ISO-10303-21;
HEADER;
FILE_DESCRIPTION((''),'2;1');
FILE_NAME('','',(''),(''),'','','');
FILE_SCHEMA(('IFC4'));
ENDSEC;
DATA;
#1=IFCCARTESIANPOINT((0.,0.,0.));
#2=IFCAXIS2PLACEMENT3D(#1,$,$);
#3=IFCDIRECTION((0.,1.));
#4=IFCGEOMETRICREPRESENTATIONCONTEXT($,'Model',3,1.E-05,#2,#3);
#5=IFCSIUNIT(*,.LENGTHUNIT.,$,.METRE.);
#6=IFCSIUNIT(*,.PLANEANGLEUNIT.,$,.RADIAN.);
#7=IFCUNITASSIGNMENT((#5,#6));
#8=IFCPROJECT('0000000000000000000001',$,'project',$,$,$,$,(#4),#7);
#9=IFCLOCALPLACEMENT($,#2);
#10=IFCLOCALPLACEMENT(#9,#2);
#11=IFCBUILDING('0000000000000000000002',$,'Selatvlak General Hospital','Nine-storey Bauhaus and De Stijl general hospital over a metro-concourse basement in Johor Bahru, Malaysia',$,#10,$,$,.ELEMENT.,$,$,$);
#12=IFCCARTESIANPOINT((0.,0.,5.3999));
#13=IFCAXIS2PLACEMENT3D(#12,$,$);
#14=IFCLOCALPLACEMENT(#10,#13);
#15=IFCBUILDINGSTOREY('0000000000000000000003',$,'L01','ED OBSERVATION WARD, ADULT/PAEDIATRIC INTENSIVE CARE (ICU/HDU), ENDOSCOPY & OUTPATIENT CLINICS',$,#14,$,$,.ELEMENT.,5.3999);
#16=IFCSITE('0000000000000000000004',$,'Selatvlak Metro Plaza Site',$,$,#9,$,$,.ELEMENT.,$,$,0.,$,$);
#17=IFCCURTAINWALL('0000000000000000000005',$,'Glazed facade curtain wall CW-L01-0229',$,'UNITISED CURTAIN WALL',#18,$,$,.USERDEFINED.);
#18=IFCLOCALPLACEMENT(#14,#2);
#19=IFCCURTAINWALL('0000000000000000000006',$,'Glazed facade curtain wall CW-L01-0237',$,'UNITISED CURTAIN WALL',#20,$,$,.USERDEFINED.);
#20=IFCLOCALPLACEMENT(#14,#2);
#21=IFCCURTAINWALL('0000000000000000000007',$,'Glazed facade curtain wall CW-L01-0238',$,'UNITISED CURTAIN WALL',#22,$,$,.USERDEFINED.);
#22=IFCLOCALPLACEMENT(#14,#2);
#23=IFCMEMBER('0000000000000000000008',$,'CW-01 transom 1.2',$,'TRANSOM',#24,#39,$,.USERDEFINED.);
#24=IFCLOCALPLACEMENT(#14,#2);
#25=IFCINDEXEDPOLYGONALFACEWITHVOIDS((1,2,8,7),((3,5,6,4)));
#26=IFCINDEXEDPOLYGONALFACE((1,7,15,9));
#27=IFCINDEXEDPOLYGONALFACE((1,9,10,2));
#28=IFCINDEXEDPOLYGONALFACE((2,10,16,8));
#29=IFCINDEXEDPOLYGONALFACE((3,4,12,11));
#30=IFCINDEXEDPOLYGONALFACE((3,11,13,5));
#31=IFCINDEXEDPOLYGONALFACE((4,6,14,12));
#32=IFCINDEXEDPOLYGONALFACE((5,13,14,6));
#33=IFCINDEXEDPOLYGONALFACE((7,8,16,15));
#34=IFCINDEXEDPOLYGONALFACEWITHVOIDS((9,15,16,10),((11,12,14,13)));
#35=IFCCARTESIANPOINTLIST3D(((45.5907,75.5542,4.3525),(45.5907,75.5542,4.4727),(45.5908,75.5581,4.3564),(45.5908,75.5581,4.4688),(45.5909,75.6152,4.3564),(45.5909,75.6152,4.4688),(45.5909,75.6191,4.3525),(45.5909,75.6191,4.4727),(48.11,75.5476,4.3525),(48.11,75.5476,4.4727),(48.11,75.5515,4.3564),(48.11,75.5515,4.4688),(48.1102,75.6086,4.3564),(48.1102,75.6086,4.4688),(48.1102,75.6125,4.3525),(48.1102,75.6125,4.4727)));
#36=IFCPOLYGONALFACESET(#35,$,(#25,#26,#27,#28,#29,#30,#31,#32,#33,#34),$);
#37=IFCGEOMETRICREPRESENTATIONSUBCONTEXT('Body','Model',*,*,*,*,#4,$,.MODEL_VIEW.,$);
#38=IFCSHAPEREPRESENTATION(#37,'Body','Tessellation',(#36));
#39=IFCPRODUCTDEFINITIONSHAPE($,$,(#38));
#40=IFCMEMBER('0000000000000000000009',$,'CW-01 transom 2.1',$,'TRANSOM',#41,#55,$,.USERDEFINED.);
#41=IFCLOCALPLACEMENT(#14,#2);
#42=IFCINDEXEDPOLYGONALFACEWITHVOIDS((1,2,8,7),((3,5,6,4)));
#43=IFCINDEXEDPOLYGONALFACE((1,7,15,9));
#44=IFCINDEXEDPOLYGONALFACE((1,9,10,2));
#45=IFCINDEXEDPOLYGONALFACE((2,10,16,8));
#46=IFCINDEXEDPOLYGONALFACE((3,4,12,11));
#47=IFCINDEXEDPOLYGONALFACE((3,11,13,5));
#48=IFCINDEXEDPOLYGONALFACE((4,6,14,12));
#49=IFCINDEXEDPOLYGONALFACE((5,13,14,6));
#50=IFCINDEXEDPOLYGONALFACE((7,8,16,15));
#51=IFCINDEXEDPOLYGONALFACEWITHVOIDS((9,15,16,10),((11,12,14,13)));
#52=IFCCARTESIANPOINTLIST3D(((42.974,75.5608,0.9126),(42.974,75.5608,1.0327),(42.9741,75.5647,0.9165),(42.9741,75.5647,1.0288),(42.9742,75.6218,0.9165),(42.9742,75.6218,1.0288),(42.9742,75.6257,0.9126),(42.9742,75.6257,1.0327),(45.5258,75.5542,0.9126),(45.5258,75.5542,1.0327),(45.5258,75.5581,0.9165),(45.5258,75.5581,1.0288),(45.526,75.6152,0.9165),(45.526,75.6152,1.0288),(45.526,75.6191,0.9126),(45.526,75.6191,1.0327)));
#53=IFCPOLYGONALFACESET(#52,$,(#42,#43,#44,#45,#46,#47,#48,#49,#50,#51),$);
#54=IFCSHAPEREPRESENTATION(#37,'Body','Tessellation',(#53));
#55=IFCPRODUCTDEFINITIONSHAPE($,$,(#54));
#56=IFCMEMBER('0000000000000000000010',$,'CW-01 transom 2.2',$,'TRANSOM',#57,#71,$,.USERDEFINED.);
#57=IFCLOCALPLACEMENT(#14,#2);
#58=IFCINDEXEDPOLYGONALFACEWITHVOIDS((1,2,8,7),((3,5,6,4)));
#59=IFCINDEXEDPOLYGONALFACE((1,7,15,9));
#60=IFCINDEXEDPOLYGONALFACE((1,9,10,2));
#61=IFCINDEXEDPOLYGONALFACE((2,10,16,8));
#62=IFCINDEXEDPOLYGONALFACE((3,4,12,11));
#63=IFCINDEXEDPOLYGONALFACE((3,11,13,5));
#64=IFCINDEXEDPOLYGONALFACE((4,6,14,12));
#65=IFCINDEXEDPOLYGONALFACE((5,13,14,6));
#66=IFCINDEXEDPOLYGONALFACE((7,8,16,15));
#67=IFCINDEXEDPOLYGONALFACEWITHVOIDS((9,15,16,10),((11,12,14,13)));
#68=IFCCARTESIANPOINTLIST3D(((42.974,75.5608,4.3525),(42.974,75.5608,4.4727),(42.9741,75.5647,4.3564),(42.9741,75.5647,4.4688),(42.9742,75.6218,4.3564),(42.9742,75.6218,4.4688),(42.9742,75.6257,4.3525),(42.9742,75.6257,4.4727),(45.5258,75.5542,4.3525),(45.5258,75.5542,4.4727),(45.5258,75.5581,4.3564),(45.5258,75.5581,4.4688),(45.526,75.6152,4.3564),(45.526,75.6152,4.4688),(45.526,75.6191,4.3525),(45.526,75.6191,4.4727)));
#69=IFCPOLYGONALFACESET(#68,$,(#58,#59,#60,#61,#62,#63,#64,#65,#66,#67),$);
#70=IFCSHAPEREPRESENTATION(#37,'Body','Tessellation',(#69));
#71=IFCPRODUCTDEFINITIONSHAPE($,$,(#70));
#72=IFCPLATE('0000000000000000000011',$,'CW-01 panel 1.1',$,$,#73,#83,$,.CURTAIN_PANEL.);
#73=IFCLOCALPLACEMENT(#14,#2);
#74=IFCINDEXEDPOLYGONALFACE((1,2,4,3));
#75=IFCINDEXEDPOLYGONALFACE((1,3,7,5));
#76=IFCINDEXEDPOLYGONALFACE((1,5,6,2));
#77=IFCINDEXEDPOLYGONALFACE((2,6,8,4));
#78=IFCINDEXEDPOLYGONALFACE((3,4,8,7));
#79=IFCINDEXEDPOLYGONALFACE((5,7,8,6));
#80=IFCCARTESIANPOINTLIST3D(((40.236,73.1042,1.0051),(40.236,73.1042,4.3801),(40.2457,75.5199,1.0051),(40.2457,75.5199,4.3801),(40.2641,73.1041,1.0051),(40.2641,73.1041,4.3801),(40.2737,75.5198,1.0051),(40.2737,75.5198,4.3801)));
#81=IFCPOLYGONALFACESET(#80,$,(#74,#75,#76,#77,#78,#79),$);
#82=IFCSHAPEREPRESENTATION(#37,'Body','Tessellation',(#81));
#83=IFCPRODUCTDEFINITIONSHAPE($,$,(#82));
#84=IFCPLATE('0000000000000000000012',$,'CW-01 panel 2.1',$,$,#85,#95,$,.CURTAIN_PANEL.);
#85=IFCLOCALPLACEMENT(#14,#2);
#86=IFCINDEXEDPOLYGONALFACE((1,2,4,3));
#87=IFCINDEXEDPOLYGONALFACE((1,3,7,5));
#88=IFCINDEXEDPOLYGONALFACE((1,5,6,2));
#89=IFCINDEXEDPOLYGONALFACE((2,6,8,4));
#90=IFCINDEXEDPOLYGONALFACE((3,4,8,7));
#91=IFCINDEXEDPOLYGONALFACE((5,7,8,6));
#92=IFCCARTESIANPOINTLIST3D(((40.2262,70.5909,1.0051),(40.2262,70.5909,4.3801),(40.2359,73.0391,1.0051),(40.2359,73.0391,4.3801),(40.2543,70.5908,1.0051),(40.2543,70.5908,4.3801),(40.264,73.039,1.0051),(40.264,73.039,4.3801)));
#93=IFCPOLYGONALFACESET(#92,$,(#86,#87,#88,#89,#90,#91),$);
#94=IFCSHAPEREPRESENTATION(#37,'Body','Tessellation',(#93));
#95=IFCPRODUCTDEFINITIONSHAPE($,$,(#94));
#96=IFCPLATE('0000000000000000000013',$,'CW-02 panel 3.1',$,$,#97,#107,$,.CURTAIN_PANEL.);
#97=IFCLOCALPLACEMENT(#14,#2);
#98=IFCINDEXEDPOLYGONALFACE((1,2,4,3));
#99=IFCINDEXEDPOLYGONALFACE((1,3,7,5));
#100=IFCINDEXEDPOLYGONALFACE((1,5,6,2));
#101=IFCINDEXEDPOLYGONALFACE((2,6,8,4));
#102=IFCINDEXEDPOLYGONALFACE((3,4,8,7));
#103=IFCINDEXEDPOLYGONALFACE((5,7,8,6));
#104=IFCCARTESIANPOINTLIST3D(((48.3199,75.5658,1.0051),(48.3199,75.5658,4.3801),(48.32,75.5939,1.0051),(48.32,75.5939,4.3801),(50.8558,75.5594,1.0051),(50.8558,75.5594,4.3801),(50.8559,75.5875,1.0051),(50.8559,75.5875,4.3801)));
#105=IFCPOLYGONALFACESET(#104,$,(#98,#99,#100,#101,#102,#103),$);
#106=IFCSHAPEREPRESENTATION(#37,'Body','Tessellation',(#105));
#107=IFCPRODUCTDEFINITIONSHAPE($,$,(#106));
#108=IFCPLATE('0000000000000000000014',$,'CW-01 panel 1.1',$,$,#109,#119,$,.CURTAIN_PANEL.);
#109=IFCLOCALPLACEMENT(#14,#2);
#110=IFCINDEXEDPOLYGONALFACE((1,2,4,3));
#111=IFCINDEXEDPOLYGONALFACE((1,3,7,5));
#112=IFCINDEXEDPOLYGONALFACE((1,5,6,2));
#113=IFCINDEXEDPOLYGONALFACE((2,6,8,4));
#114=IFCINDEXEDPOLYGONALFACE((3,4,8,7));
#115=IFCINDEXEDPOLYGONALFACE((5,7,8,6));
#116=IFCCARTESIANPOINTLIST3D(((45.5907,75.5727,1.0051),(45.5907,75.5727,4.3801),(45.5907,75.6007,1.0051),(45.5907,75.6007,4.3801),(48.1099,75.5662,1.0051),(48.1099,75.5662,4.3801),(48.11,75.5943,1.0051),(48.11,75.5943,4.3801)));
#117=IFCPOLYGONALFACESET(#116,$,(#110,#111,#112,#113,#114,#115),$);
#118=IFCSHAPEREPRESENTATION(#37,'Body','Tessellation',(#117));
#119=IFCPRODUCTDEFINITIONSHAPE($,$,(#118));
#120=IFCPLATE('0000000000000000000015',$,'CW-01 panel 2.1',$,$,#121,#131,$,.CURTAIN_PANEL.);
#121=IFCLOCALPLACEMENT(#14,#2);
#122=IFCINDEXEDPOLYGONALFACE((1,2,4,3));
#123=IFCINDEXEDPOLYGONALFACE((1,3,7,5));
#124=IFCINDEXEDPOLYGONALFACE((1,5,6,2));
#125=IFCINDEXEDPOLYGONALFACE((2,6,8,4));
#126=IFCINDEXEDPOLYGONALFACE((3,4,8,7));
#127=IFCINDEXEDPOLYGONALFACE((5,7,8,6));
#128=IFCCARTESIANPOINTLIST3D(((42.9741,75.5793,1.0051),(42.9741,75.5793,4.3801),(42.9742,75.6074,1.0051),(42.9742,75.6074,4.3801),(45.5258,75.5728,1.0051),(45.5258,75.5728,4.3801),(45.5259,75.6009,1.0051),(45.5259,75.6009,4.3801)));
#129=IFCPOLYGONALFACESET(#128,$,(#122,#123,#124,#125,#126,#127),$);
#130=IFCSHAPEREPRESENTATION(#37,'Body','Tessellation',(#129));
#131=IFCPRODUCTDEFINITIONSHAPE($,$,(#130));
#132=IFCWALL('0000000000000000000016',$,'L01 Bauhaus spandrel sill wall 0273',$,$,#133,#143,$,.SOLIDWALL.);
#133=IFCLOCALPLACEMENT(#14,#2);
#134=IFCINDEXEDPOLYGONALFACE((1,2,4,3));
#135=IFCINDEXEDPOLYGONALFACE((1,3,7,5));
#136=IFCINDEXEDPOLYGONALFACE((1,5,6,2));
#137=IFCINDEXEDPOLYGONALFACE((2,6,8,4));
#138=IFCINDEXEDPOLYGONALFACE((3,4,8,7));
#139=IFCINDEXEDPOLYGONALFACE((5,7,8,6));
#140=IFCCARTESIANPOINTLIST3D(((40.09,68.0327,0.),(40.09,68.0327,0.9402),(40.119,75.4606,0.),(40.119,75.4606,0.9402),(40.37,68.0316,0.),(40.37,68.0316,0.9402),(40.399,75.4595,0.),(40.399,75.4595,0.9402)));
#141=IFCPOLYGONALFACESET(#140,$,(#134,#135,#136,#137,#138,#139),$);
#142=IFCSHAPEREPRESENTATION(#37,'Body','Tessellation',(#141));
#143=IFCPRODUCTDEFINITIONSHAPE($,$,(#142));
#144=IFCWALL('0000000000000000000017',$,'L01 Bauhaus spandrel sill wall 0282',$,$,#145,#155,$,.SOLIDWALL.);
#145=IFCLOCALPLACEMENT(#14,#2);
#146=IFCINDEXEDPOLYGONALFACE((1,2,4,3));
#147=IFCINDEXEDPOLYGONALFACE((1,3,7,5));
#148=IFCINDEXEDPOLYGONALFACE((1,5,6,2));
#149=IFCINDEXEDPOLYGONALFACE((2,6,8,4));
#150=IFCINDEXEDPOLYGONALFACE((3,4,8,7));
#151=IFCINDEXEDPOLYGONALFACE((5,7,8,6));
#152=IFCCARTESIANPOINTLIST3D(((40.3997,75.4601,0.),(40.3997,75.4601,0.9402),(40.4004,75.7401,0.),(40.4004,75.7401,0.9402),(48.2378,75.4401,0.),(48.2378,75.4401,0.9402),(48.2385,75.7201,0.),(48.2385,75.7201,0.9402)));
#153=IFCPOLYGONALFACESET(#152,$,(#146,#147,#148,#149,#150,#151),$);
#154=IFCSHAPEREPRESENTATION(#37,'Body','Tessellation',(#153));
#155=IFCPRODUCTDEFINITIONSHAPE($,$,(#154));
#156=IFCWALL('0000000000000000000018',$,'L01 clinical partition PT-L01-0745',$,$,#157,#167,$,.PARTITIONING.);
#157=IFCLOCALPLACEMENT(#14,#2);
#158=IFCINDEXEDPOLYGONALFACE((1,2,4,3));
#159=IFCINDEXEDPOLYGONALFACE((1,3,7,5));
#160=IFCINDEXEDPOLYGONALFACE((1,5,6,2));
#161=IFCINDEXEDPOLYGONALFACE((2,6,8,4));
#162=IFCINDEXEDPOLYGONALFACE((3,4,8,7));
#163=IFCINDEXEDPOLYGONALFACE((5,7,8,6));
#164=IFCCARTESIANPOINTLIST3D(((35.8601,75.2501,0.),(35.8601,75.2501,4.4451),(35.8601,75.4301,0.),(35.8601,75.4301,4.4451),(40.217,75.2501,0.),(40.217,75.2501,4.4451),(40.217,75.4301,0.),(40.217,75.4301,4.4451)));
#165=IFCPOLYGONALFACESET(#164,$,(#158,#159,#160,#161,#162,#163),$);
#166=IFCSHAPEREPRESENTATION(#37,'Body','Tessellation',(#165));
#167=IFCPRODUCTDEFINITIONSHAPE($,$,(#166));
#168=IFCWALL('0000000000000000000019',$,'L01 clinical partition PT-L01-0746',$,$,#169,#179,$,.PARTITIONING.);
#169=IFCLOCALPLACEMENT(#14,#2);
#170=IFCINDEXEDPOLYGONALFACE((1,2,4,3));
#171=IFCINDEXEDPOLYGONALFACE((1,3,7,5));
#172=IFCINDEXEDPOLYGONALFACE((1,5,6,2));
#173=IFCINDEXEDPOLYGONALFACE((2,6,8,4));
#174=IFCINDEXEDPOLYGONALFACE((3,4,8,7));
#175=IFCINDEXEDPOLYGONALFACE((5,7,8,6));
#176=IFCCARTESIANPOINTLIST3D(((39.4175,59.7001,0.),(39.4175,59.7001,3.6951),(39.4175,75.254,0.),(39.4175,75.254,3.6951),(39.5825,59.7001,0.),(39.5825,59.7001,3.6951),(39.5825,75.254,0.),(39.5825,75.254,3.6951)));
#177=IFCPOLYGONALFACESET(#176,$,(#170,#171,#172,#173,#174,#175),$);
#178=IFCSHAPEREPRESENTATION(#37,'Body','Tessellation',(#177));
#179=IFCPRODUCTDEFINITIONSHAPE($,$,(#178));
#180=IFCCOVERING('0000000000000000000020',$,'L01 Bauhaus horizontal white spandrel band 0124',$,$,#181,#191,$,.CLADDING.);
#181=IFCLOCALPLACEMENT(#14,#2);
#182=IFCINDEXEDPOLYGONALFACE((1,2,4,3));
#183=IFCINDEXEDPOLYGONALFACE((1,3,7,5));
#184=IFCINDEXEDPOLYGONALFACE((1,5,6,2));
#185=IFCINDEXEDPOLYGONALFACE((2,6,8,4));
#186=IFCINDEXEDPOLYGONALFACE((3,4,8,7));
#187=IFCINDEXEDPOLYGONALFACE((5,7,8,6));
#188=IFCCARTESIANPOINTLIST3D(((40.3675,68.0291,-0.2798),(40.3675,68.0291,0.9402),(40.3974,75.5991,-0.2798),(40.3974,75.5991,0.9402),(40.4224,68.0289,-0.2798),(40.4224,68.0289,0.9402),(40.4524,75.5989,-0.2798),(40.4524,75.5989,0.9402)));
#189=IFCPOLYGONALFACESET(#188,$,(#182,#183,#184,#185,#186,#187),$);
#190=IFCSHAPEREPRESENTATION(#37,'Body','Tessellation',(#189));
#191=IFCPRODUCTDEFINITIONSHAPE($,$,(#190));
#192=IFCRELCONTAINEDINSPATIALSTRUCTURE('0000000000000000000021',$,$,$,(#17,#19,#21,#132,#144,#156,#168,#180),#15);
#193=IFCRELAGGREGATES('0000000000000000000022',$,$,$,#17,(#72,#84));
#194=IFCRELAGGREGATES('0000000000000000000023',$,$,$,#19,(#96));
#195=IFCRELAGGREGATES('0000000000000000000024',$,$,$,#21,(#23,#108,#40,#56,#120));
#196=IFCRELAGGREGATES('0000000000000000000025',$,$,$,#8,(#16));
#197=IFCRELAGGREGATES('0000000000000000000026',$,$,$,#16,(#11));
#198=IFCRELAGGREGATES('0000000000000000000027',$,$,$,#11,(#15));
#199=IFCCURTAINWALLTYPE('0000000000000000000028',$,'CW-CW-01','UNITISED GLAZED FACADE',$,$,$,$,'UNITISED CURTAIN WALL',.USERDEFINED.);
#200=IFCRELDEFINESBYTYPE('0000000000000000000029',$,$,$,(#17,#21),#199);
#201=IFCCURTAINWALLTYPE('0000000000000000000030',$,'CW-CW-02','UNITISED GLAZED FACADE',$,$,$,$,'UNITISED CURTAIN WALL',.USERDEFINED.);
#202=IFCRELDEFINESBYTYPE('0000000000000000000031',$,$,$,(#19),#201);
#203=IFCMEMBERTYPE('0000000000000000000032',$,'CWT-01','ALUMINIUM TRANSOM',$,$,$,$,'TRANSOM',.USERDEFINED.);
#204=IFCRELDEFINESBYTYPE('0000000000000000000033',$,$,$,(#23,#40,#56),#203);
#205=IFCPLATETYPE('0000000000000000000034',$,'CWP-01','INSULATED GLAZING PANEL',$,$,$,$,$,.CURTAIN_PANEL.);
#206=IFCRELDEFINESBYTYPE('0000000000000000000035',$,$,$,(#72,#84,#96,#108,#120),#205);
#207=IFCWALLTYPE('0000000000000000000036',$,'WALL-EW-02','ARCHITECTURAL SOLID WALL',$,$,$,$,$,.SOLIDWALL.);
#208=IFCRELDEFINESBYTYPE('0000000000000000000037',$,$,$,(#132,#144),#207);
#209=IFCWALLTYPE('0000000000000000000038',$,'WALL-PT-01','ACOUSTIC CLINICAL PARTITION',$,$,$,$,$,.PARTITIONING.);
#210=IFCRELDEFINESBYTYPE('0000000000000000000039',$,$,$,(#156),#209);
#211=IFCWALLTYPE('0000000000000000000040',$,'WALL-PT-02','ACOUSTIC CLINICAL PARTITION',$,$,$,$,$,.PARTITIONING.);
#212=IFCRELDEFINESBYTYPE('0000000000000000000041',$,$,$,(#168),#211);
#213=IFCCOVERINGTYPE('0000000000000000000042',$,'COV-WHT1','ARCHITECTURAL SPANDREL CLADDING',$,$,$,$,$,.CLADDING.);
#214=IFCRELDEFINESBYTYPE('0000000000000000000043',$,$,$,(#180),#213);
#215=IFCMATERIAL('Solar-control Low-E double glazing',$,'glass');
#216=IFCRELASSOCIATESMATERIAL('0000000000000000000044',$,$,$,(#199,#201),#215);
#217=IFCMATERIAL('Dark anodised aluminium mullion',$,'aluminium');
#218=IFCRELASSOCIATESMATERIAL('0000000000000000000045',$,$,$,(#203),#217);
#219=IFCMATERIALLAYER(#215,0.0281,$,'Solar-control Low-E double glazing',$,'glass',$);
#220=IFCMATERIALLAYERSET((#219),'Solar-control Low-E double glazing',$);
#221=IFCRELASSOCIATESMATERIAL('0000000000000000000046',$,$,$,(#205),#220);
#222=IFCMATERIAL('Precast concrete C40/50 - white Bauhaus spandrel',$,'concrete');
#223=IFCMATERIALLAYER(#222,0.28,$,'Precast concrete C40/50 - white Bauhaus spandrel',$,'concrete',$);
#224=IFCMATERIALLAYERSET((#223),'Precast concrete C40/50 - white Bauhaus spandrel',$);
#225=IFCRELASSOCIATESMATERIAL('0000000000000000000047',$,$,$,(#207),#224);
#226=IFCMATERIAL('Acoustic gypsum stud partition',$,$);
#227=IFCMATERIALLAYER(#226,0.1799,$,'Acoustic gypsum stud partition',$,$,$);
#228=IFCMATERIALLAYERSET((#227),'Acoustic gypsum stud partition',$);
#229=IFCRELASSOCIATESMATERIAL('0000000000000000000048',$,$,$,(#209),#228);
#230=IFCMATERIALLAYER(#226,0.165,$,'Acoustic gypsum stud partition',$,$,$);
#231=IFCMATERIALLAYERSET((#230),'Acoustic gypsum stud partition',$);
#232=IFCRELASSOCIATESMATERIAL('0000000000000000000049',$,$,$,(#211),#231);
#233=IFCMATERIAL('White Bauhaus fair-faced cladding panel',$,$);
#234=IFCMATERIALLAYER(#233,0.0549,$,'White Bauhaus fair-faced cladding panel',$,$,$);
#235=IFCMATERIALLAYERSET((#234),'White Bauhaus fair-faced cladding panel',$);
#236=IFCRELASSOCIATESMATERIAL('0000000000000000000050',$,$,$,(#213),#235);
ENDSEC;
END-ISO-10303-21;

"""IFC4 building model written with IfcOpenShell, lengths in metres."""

from ifc_helpers import new_model, si_unit, direction, frame, frame_2d, origin, origin_2d, place, context, subcontext, project, spatial, rectangle, hollow_rectangle, extrude, material, layer, layer_set, material_profile, profile_set, type_object, element, aggregate, save


model = new_model("IFC4")

# Units and contexts
model_context = context("Model", 3, precision=1e-05, world=origin(), true_north=direction((0.0, 1.0)))
body_context = subcontext(model_context, "Body", "Model", "MODEL_VIEW")
ifc_project = project(units=[si_unit("LENGTHUNIT", "METRE"), si_unit("PLANEANGLEUNIT", "RADIAN")], contexts=[model_context])

# Site, building, storey
site_placement = place(None, origin())
site = spatial("IfcSite", under=ifc_project, at=site_placement, Name="Selatvlak Metro Plaza Site", CompositionType="ELEMENT", RefElevation=0.0)
building_placement = place(site_placement, origin())
building = spatial("IfcBuilding", under=site, at=building_placement, Name="Selatvlak General Hospital", Description="Nine-storey Bauhaus and De Stijl general hospital over a metro-concourse basement in Johor Bahru, Malaysia", CompositionType="ELEMENT")
storey_placement = place(building_placement, frame((0.0, 0.0, 5.3999)))
storey = spatial("IfcBuildingStorey", under=building, at=storey_placement, Name="L01", Description="ED OBSERVATION WARD, ADULT/PAEDIATRIC INTENSIVE CARE (ICU/HDU), ENDOSCOPY & OUTPATIENT CLINICS", CompositionType="ELEMENT", Elevation=5.3999)

# Curtain wall
ifc_material_1 = material(Name="Solar-control Low-E double glazing", Category="glass")
curtain_wall_type_1 = type_object("IfcCurtainWallType", Name="CW-CW-01", Description="UNITISED GLAZED FACADE", ElementType="UNITISED CURTAIN WALL", PredefinedType="USERDEFINED", material=ifc_material_1)
curtain_wall_1_placement = place(storey_placement, origin())
curtain_wall_1 = element("IfcCurtainWall", 1, at=curtain_wall_1_placement, inside=storey, type_object=curtain_wall_type_1, Name="Glazed facade curtain wall CW-L01-0229", ObjectType="UNITISED CURTAIN WALL", PredefinedType="USERDEFINED")
ifc_material_2 = material(Name="Dark anodised aluminium mullion", Category="aluminium")

# Curtain wall
curtain_wall_type_2 = type_object("IfcCurtainWallType", Name="CW-CW-02", Description="UNITISED GLAZED FACADE", ElementType="UNITISED CURTAIN WALL", PredefinedType="USERDEFINED", material=ifc_material_1)
curtain_wall_2_placement = place(storey_placement, origin())
curtain_wall_2 = element("IfcCurtainWall", 2, at=curtain_wall_2_placement, inside=storey, type_object=curtain_wall_type_2, Name="Glazed facade curtain wall CW-L01-0237", ObjectType="UNITISED CURTAIN WALL", PredefinedType="USERDEFINED")

# Curtain wall
curtain_wall_3_placement = place(storey_placement, origin())
curtain_wall_3 = element("IfcCurtainWall", 3, at=curtain_wall_3_placement, inside=storey, type_object=curtain_wall_type_1, Name="Glazed facade curtain wall CW-L01-0238", ObjectType="UNITISED CURTAIN WALL", PredefinedType="USERDEFINED")

# Members
ifc_material_profile_1 = material_profile(ifc_material_2, hollow_rectangle(XDim=0.0649, YDim=0.1201, WallThickness=0.0039, at=origin_2d()), Name="AL-TRN 65x120x4")
ifc_profile_set_1 = profile_set([ifc_material_profile_1], Name="Dark anodised aluminium mullion")
member_type_1 = type_object("IfcMemberType", Name="CWT-01", Description="ALUMINIUM TRANSOM", ElementType="TRANSOM", PredefinedType="USERDEFINED", material=ifc_profile_set_1)
member_1_placement = place(storey_placement, frame((48.1101, 75.5801, 4.4126), z_axis=(-0.999997, 0.002617, 0.0), x_axis=(-0.002617, -0.999997, 0.0)))
member_1 = element("IfcMember", 4, at=member_1_placement, type_object=member_type_1, Name="CW-01 transom 1.2", ObjectType="TRANSOM", PredefinedType="USERDEFINED", context=body_context, shape_type="SweptSolid", body=[
    extrude(hollow_rectangle(XDim=0.0649, YDim=0.1201, WallThickness=0.0039, at=origin_2d()), origin(), (0.0, 0.0, 1.0), 2.5193),
])
member_2_placement = place(storey_placement, frame((45.5259, 75.5867, 0.9727), z_axis=(-0.999997, 0.002583, 0.0), x_axis=(-0.002583, -0.999997, 0.0)))
member_2 = element("IfcMember", 5, at=member_2_placement, type_object=member_type_1, Name="CW-01 transom 2.1", ObjectType="TRANSOM", PredefinedType="USERDEFINED", context=body_context, shape_type="SweptSolid", body=[
    extrude(hollow_rectangle(XDim=0.0649, YDim=0.1201, WallThickness=0.0039, at=origin_2d()), origin(), (0.0, 0.0, 1.0), 2.5518),
])
member_3_placement = place(storey_placement, frame((45.5259, 75.5867, 4.4126), z_axis=(-0.999997, 0.002583, 0.0), x_axis=(-0.002583, -0.999997, 0.0)))
member_3 = element("IfcMember", 6, at=member_3_placement, type_object=member_type_1, Name="CW-01 transom 2.2", ObjectType="TRANSOM", PredefinedType="USERDEFINED", context=body_context, shape_type="SweptSolid", body=[
    extrude(hollow_rectangle(XDim=0.0649, YDim=0.1201, WallThickness=0.0039, at=origin_2d()), origin(), (0.0, 0.0, 1.0), 2.5518),
])

# Plates
ifc_layer_1 = layer(ifc_material_1, 0.0281, Name="Solar-control Low-E double glazing", Category="glass")
ifc_layer_set_1 = layer_set([ifc_layer_1], Name="Solar-control Low-E double glazing")
plate_type = type_object("IfcPlateType", Name="CWP-01", Description="INSULATED GLAZING PANEL", PredefinedType="CURTAIN_PANEL", material=ifc_layer_set_1)
plate_1_placement = place(storey_placement, frame((40.2549, 74.312, 1.0051), z_axis=(0.0, 0.0, 1.0), x_axis=(-0.003979, -0.999992, 0.0)))
plate_1 = element("IfcPlate", 7, at=plate_1_placement, type_object=plate_type, Name="CW-01 panel 1.1", PredefinedType="CURTAIN_PANEL", context=body_context, shape_type="SweptSolid", body=[
    extrude(rectangle(XDim=2.4158, YDim=0.0281, at=origin_2d()), origin(), (0.0, 0.0, 1.0), 3.375),
])
plate_2_placement = place(storey_placement, frame((40.2451, 71.8149, 1.0051), z_axis=(0.0, 0.0, 1.0), x_axis=(-0.003979, -0.999992, 0.0)))
plate_2 = element("IfcPlate", 8, at=plate_2_placement, type_object=plate_type, Name="CW-01 panel 2.1", PredefinedType="CURTAIN_PANEL", context=body_context, shape_type="SweptSolid", body=[
    extrude(rectangle(XDim=2.4482, YDim=0.0281, at=origin_2d()), origin(), (0.0, 0.0, 1.0), 3.375),
])
aggregate(curtain_wall_1, [plate_1, plate_2])
plate_3_placement = place(storey_placement, frame((49.5879, 75.5767, 1.0051), z_axis=(0.0, 0.0, 1.0), x_axis=(-0.999997, 0.002532, 0.0)))
plate_3 = element("IfcPlate", 9, at=plate_3_placement, type_object=plate_type, Name="CW-02 panel 3.1", PredefinedType="CURTAIN_PANEL", context=body_context, shape_type="SweptSolid", body=[
    extrude(rectangle(XDim=2.5359, YDim=0.0281, at=origin_2d()), origin(), (0.0, 0.0, 1.0), 3.375),
])
aggregate(curtain_wall_2, [plate_3])
plate_4_placement = place(storey_placement, frame((46.8503, 75.5835, 1.0051), z_axis=(0.0, 0.0, 1.0), x_axis=(-0.999997, 0.002548, 0.0)))
plate_4 = element("IfcPlate", 10, at=plate_4_placement, type_object=plate_type, Name="CW-01 panel 1.1", PredefinedType="CURTAIN_PANEL", context=body_context, shape_type="SweptSolid", body=[
    extrude(rectangle(XDim=2.5193, YDim=0.0281, at=origin_2d()), origin(), (0.0, 0.0, 1.0), 3.375),
])
plate_5_placement = place(storey_placement, frame((44.25, 75.5901, 1.0051), z_axis=(0.0, 0.0, 1.0), x_axis=(-0.999997, 0.002548, 0.0)))
plate_5 = element("IfcPlate", 11, at=plate_5_placement, type_object=plate_type, Name="CW-01 panel 2.1", PredefinedType="CURTAIN_PANEL", context=body_context, shape_type="SweptSolid", body=[
    extrude(rectangle(XDim=2.5518, YDim=0.0281, at=origin_2d()), origin(), (0.0, 0.0, 1.0), 3.375),
])
aggregate(curtain_wall_3, [member_1, plate_4, member_2, member_3, plate_5])

# Walls
ifc_material_3 = material(Name="Precast concrete C40/50 - white Bauhaus spandrel", Category="concrete")
ifc_layer_2 = layer(ifc_material_3, 0.28, Name="Precast concrete C40/50 - white Bauhaus spandrel", Category="concrete")
ifc_layer_set_2 = layer_set([ifc_layer_2], Name="Precast concrete C40/50 - white Bauhaus spandrel")
wall_type_1 = type_object("IfcWallType", Name="WALL-EW-02", Description="ARCHITECTURAL SOLID WALL", PredefinedType="SOLIDWALL", material=ifc_layer_set_2)
wall_1_placement = place(storey_placement, frame((40.259, 75.46, 0.0), z_axis=(0.0, 0.0, 1.0), x_axis=(-0.003911, -0.999992, 0.0)))
element("IfcWall", 12, at=wall_1_placement, inside=storey, type_object=wall_type_1, Name="L01 Bauhaus spandrel sill wall 0273", PredefinedType="SOLIDWALL", context=body_context, shape_type="SweptSolid", body=[
    extrude(rectangle(XDim=7.428, YDim=0.28, at=frame_2d((3.7139, 0.0))), origin(), (0.0, 0.0, 1.0), 0.9402),
])
wall_2_placement = place(storey_placement, frame((48.238, 75.5801, 0.0), z_axis=(0.0, 0.0, 1.0), x_axis=(-0.999997, 0.002554, 0.0)))
element("IfcWall", 13, at=wall_2_placement, inside=storey, type_object=wall_type_1, Name="L01 Bauhaus spandrel sill wall 0282", PredefinedType="SOLIDWALL", context=body_context, shape_type="SweptSolid", body=[
    extrude(rectangle(XDim=7.8381, YDim=0.28, at=frame_2d((3.9189, 0.0))), origin(), (0.0, 0.0, 1.0), 0.9402),
])
ifc_material_4 = material(Name="Acoustic gypsum stud partition")
ifc_layer_3 = layer(ifc_material_4, 0.1799, Name="Acoustic gypsum stud partition")
ifc_layer_set_3 = layer_set([ifc_layer_3], Name="Acoustic gypsum stud partition")
wall_type_2 = type_object("IfcWallType", Name="WALL-PT-01", Description="ACOUSTIC CLINICAL PARTITION", PredefinedType="PARTITIONING", material=ifc_layer_set_3)
wall_3_placement = place(storey_placement, frame((35.8601, 75.3401, 0.0), z_axis=(0.0, 0.0, 1.0), x_axis=(1.0, 0.0, 0.0)))
element("IfcWall", 14, at=wall_3_placement, inside=storey, type_object=wall_type_2, Name="L01 clinical partition PT-L01-0745", PredefinedType="PARTITIONING", context=body_context, shape_type="SweptSolid", body=[
    extrude(rectangle(XDim=4.3569, YDim=0.1799, at=frame_2d((2.1785, 0.0))), origin(), (0.0, 0.0, 1.0), 4.4451),
])
ifc_layer_4 = layer(ifc_material_4, 0.165, Name="Acoustic gypsum stud partition")
ifc_layer_set_4 = layer_set([ifc_layer_4], Name="Acoustic gypsum stud partition")
wall_type_3 = type_object("IfcWallType", Name="WALL-PT-02", Description="ACOUSTIC CLINICAL PARTITION", PredefinedType="PARTITIONING", material=ifc_layer_set_4)
wall_4_placement = place(storey_placement, frame((39.5, 75.2539, 0.0), z_axis=(0.0, 0.0, 1.0), x_axis=(0.0, -1.0, 0.0)))
element("IfcWall", 15, at=wall_4_placement, inside=storey, type_object=wall_type_3, Name="L01 clinical partition PT-L01-0746", PredefinedType="PARTITIONING", context=body_context, shape_type="SweptSolid", body=[
    extrude(rectangle(XDim=15.554, YDim=0.165, at=frame_2d((7.7769, 0.0))), origin(), (0.0, 0.0, 1.0), 3.6951),
])

# Covering
ifc_material_5 = material(Name="White Bauhaus fair-faced cladding panel")
ifc_layer_5 = layer(ifc_material_5, 0.0549, Name="White Bauhaus fair-faced cladding panel")
ifc_layer_set_5 = layer_set([ifc_layer_5], Name="White Bauhaus fair-faced cladding panel")
covering_type = type_object("IfcCoveringType", Name="COV-WHT1", Description="ARCHITECTURAL SPANDREL CLADDING", PredefinedType="CLADDING", material=ifc_layer_set_5)
covering_1_placement = place(storey_placement, frame((40.4099, 71.814, -0.2798), z_axis=(0.0, 0.0, 1.0), x_axis=(-0.003962, -0.999992, 0.0)))
element("IfcCovering", 16, at=covering_1_placement, inside=storey, type_object=covering_type, Name="L01 Bauhaus horizontal white spandrel band 0124", PredefinedType="CLADDING", context=body_context, shape_type="SweptSolid", body=[
    extrude(rectangle(XDim=7.5701, YDim=0.0549, at=origin_2d()), origin(), (0.0, 0.0, 1.0), 1.22),
])

save(model, "model.ifc")
